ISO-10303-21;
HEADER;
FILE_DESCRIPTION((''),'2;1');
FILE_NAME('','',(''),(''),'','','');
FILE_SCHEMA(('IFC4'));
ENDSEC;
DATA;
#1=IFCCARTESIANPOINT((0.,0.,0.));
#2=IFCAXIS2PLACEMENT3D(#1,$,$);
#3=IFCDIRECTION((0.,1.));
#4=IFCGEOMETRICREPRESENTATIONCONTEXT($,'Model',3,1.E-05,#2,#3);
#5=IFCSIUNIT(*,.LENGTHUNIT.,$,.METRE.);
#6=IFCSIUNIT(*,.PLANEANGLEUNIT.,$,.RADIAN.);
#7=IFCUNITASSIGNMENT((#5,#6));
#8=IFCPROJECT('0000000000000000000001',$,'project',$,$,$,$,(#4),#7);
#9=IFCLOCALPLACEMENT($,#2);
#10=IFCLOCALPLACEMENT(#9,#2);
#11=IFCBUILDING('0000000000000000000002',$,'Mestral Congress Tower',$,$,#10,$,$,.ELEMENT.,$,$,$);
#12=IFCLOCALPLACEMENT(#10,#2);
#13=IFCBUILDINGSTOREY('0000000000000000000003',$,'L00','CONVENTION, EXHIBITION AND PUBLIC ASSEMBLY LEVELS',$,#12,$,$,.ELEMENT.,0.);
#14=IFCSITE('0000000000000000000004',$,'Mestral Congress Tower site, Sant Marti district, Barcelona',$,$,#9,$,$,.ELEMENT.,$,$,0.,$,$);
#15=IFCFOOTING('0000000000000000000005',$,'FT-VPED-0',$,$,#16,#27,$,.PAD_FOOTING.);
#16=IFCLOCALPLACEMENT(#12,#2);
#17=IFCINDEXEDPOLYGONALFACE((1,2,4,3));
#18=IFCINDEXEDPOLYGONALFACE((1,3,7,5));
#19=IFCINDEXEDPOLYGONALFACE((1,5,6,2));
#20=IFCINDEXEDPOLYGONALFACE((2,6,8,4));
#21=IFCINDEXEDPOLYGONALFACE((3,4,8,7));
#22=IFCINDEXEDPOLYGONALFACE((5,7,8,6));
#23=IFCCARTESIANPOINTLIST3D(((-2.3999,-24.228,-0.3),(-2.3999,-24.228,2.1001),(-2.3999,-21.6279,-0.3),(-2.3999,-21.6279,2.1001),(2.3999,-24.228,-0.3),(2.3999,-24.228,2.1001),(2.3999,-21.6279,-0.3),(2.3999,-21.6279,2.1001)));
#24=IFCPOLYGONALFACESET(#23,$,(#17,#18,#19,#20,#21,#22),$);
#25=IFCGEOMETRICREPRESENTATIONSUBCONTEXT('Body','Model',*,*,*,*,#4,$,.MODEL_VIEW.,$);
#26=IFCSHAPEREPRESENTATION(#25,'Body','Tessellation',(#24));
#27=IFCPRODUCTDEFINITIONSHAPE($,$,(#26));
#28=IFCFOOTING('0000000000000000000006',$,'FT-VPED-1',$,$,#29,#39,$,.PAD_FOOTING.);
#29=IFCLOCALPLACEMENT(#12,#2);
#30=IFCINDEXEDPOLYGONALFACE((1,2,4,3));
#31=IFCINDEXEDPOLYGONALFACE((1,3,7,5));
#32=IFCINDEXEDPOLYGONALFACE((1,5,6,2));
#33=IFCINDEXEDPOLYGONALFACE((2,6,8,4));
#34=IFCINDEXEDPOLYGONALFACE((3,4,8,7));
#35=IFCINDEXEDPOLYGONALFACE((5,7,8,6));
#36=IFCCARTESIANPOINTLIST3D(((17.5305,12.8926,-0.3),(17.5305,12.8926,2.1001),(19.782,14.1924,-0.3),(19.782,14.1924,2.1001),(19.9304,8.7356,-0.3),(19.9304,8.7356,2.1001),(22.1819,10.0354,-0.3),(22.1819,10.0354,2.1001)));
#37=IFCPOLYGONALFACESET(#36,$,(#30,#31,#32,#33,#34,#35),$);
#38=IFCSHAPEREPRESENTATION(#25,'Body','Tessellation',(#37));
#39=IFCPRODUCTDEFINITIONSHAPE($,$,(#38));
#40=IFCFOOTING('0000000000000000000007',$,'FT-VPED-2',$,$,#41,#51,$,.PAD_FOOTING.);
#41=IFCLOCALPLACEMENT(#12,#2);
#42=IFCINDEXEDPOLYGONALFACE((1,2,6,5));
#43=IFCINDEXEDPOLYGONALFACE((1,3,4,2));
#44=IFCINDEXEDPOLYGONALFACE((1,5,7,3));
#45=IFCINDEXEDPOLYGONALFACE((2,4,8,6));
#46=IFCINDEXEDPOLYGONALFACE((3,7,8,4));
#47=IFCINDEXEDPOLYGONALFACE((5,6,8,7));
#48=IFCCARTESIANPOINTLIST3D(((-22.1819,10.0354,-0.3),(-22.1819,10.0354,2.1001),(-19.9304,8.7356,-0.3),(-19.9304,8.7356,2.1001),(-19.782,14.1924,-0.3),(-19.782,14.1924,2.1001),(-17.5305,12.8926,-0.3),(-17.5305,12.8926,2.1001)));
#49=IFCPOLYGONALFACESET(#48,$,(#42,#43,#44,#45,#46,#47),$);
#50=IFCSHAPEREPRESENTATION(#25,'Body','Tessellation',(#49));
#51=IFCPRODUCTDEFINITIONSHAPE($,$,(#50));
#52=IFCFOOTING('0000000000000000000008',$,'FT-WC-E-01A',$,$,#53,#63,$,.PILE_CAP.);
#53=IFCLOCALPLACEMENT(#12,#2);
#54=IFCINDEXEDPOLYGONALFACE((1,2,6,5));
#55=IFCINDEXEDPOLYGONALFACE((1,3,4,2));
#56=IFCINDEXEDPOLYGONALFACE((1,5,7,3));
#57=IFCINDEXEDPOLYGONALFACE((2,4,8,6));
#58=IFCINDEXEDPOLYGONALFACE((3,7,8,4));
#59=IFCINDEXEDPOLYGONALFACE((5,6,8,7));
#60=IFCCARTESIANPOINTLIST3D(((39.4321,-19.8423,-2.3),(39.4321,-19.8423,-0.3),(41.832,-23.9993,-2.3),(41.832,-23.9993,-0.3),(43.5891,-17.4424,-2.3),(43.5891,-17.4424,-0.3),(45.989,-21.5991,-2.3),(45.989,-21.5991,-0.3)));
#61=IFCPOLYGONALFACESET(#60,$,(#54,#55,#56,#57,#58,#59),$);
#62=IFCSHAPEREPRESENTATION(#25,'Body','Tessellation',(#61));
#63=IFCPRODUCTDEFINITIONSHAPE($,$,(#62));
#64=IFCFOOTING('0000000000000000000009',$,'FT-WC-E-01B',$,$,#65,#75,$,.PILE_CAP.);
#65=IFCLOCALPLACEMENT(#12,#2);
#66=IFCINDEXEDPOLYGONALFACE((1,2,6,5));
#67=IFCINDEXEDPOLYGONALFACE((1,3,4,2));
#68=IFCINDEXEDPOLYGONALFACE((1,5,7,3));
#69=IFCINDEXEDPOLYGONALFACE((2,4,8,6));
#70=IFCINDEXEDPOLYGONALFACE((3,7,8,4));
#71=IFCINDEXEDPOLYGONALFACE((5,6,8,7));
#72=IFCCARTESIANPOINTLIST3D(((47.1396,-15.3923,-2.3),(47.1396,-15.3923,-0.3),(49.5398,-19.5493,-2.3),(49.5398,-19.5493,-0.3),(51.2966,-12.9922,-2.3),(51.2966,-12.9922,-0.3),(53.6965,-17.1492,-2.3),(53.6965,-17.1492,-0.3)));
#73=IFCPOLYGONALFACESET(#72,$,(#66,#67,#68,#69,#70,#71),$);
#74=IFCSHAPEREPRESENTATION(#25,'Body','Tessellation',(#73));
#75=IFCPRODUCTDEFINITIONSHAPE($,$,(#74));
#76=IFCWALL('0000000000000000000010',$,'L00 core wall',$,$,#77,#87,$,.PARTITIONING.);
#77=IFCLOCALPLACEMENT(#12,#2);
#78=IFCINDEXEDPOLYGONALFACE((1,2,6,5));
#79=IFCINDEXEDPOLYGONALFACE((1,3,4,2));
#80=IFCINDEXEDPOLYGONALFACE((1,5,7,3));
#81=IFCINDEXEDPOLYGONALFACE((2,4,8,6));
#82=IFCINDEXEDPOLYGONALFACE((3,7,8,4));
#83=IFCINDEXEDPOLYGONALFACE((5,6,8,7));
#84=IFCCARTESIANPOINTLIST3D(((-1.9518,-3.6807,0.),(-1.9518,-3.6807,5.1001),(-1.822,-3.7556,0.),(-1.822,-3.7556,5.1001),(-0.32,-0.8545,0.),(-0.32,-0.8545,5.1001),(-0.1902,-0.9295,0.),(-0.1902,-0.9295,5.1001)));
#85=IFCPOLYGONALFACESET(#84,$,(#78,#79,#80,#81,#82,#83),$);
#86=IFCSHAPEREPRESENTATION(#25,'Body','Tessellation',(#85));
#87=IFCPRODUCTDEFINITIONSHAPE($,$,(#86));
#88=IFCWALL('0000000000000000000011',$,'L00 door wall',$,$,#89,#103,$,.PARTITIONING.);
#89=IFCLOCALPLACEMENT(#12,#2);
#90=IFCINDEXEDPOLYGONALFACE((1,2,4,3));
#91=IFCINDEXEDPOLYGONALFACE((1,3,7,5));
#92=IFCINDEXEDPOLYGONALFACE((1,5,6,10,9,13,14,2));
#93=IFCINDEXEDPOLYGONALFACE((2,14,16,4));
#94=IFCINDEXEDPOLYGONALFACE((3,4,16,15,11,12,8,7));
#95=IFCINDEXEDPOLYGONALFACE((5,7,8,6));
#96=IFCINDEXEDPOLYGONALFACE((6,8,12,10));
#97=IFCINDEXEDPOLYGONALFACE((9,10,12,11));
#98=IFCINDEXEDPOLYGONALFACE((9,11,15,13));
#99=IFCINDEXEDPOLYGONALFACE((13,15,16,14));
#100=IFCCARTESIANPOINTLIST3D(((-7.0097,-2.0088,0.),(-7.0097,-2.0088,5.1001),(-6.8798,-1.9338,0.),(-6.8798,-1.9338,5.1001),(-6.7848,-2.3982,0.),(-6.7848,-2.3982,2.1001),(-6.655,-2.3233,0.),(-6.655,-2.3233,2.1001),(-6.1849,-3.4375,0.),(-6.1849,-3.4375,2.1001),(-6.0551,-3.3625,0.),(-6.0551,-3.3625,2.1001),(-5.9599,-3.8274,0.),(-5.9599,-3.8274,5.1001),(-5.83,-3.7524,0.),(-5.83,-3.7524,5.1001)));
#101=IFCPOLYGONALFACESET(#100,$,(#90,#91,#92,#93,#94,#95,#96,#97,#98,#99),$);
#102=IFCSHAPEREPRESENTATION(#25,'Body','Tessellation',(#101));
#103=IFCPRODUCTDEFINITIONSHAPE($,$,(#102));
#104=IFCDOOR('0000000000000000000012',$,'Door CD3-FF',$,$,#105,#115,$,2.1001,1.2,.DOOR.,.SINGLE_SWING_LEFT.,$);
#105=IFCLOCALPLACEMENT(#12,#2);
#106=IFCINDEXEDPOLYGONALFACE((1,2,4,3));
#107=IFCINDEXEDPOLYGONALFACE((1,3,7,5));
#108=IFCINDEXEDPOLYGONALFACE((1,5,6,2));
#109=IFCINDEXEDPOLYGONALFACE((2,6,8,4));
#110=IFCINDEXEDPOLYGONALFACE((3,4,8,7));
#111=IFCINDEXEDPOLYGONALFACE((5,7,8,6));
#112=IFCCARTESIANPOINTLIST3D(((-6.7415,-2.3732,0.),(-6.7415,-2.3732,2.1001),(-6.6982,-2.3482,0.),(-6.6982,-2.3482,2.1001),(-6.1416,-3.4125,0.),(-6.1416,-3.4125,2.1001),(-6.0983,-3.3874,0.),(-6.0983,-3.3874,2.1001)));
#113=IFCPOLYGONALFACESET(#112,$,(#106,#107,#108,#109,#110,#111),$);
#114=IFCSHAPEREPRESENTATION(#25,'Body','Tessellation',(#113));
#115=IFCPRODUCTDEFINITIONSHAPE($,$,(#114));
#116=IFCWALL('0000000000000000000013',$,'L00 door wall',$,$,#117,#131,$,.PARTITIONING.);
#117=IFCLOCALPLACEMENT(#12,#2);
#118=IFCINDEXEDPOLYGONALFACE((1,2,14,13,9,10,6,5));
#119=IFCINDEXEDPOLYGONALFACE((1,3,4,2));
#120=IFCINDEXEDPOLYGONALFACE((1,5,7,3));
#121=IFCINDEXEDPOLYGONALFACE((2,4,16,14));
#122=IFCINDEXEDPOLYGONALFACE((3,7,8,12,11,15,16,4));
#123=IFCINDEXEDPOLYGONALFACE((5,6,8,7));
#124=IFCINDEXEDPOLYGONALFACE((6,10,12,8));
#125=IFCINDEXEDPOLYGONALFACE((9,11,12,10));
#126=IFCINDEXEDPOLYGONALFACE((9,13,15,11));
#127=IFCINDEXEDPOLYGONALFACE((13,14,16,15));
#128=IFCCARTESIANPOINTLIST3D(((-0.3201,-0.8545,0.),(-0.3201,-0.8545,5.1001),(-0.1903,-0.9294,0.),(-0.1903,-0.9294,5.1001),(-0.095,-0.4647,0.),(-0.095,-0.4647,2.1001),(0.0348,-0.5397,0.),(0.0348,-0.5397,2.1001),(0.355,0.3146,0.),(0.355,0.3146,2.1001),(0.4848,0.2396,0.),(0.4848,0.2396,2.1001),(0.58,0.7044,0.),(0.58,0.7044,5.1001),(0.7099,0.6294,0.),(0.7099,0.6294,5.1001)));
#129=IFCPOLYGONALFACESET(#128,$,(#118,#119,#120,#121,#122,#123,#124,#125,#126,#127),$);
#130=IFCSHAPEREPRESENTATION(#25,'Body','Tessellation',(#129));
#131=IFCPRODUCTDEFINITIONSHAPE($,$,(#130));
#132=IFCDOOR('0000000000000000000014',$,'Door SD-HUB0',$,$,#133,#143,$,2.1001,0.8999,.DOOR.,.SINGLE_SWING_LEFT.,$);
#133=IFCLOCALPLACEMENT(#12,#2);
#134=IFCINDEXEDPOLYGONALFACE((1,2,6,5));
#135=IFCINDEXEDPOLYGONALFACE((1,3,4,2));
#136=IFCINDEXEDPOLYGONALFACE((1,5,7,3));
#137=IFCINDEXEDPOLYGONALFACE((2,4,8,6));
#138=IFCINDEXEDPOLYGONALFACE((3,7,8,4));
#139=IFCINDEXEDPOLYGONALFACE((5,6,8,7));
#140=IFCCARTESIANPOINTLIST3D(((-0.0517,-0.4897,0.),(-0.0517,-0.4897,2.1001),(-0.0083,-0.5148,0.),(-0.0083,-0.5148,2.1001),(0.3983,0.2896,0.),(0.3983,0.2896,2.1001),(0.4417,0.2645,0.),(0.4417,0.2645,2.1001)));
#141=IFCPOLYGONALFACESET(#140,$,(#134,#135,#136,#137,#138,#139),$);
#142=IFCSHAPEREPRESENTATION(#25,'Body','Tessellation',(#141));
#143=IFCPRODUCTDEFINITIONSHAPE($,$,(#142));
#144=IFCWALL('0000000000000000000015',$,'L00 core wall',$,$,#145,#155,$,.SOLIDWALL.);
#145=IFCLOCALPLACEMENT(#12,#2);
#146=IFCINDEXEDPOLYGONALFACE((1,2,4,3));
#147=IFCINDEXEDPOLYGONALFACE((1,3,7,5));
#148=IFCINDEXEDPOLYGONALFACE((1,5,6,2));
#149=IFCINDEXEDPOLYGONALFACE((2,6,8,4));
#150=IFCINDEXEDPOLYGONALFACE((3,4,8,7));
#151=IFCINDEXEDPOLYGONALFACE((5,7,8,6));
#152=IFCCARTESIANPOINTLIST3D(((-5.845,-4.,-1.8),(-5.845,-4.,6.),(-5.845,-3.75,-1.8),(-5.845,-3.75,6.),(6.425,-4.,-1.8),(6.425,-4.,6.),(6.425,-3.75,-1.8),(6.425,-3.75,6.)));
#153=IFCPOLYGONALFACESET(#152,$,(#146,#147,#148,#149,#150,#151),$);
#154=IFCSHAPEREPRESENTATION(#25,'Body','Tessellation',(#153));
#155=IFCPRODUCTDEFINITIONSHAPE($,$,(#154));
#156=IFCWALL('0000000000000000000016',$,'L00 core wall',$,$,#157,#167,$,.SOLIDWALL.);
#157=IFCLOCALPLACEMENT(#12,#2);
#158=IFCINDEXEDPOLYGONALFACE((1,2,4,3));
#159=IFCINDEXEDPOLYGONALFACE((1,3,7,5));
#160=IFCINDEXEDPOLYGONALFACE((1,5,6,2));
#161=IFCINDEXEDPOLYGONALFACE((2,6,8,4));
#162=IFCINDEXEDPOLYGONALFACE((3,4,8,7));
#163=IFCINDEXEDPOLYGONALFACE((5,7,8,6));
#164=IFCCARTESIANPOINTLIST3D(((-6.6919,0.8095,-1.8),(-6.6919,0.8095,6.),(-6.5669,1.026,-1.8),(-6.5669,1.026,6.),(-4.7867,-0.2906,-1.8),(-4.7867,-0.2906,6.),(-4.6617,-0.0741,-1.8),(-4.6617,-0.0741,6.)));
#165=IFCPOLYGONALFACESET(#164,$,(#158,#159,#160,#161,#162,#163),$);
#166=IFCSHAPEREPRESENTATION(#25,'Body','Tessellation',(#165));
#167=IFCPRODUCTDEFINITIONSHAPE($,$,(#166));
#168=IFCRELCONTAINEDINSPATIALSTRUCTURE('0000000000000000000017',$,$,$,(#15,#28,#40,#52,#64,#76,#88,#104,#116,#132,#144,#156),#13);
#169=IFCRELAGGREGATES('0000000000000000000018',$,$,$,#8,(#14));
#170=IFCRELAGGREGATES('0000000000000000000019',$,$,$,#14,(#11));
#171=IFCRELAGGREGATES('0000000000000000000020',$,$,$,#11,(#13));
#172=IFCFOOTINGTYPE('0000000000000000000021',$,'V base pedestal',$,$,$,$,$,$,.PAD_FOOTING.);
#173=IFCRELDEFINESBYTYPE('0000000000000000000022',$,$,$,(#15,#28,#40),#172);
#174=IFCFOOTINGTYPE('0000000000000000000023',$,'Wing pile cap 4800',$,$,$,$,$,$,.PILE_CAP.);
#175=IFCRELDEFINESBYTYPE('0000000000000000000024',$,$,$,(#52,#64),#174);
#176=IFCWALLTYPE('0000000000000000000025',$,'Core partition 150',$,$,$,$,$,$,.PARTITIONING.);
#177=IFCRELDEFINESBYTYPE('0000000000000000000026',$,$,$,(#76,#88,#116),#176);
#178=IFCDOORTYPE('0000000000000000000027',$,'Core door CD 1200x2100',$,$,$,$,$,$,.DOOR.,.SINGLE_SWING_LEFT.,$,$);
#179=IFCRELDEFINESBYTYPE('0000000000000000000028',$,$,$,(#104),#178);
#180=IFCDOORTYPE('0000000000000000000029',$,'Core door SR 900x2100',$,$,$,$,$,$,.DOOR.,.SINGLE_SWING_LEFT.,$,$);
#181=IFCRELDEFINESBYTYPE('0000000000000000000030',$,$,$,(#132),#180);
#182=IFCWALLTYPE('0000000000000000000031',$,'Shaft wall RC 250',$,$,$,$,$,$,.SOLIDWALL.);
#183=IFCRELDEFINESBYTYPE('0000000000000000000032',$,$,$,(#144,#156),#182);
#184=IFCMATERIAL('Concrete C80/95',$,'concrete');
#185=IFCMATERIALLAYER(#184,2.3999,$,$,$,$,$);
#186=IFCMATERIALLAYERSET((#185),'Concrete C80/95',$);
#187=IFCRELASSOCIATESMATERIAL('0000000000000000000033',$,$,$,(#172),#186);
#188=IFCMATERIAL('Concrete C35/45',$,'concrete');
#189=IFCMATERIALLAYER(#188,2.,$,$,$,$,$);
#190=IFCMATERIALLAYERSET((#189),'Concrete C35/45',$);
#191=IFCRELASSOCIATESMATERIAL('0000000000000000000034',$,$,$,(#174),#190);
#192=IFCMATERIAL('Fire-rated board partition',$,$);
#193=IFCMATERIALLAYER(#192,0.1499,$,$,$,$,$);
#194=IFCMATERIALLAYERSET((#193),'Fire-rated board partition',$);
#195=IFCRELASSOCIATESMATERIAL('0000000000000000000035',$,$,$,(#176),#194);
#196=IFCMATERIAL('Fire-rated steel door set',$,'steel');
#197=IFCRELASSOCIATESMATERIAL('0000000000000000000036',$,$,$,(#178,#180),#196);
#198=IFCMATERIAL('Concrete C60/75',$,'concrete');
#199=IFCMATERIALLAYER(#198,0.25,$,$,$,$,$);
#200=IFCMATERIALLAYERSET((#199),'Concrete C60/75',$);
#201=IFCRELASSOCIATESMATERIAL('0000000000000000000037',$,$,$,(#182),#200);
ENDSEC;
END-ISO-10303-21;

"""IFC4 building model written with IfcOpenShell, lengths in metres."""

from ifc_helpers import new_model, si_unit, direction, frame, frame_2d, origin, place, context, subcontext, project, spatial, polyline, rectangle, outline, extrude, material, layer, layer_set, type_object, element, fill, save


model = new_model("IFC4")

# Units and contexts
model_context = context("Model", 3, precision=1e-05, world=origin(), true_north=direction((0.0, 1.0)))
body_context = subcontext(model_context, "Body", "Model", "MODEL_VIEW")
ifc_project = project(units=[si_unit("LENGTHUNIT", "METRE"), si_unit("PLANEANGLEUNIT", "RADIAN")], contexts=[model_context])

# Site, building, storey
site_placement = place(None, origin())
site = spatial("IfcSite", under=ifc_project, at=site_placement, Name="Mestral Congress Tower site, Sant Marti district, Barcelona", CompositionType="ELEMENT", RefElevation=0.0)
building_placement = place(site_placement, origin())
building = spatial("IfcBuilding", under=site, at=building_placement, Name="Mestral Congress Tower", CompositionType="ELEMENT")
storey_placement = place(building_placement, origin())
storey = spatial("IfcBuildingStorey", under=building, at=storey_placement, Name="L00", Description="CONVENTION, EXHIBITION AND PUBLIC ASSEMBLY LEVELS", CompositionType="ELEMENT", Elevation=0.0)

# Shared definitions
ifc_material_1 = material(Name="Concrete C35/45", Category="concrete")

# Footings
ifc_material_2 = material(Name="Concrete C80/95", Category="concrete")
ifc_layer_1 = layer(ifc_material_2, 2.3999)
ifc_layer_set_1 = layer_set([ifc_layer_1], Name="Concrete C80/95")
footing_type_1 = type_object("IfcFootingType", Name="V base pedestal", PredefinedType="PAD_FOOTING", material=ifc_layer_set_1)
placement_1 = place(storey_placement, frame((0.0, 0.0, -0.3)))
element("IfcFooting", 1, at=placement_1, inside=storey, type_object=footing_type_1, Name="FT-VPED-0", PredefinedType="PAD_FOOTING", context=body_context, shape_type="SweptSolid", body=[
    extrude(outline(polyline([(-2.3999, -24.228), (2.3999, -24.228), (2.3999, -21.6279), (-2.3999, -21.6279), (-2.3999, -24.228)])), origin(), (0.0, 0.0, 1.0), 2.4001),
])
element("IfcFooting", 2, at=placement_1, inside=storey, type_object=footing_type_1, Name="FT-VPED-1", PredefinedType="PAD_FOOTING", context=body_context, shape_type="SweptSolid", body=[
    extrude(outline(polyline([(22.1819, 10.0354), (19.782, 14.1924), (17.5305, 12.8926), (19.9304, 8.7356), (22.1819, 10.0354)])), origin(), (0.0, 0.0, 1.0), 2.4001),
])
element("IfcFooting", 3, at=placement_1, inside=storey, type_object=footing_type_1, Name="FT-VPED-2", PredefinedType="PAD_FOOTING", context=body_context, shape_type="SweptSolid", body=[
    extrude(outline(polyline([(-19.782, 14.1924), (-22.1819, 10.0354), (-19.9304, 8.7356), (-17.5305, 12.8926), (-19.782, 14.1924)])), origin(), (0.0, 0.0, 1.0), 2.4001),
])
ifc_layer_2 = layer(ifc_material_1, 2.0)
ifc_layer_set_2 = layer_set([ifc_layer_2], Name="Concrete C35/45")
footing_type_2 = type_object("IfcFootingType", Name="Wing pile cap 4800", PredefinedType="PILE_CAP", material=ifc_layer_set_2)
placement_2 = place(storey_placement, frame((0.0, 0.0, -2.3)))
element("IfcFooting", 4, at=placement_2, inside=storey, type_object=footing_type_2, Name="FT-WC-E-01A", PredefinedType="PILE_CAP", context=body_context, shape_type="SweptSolid", body=[
    extrude(outline(polyline([(41.832, -23.9993), (45.989, -21.5991), (43.5891, -17.4424), (39.4321, -19.8423), (41.832, -23.9993)])), origin(), (0.0, 0.0, 1.0), 2.0),
])
element("IfcFooting", 5, at=placement_2, inside=storey, type_object=footing_type_2, Name="FT-WC-E-01B", PredefinedType="PILE_CAP", context=body_context, shape_type="SweptSolid", body=[
    extrude(outline(polyline([(49.5398, -19.5493), (53.6965, -17.1492), (51.2966, -12.9922), (47.1396, -15.3923), (49.5398, -19.5493)])), origin(), (0.0, 0.0, 1.0), 2.0),
])

# Wall
ifc_material_3 = material(Name="Fire-rated board partition")
ifc_layer_3 = layer(ifc_material_3, 0.1499)
ifc_layer_set_3 = layer_set([ifc_layer_3], Name="Fire-rated board partition")
wall_type_1 = type_object("IfcWallType", Name="Core partition 150", PredefinedType="PARTITIONING", material=ifc_layer_set_3)
wall_1_placement = place(storey_placement, frame((-1.887, -3.7183, 0.0), z_axis=(0.0, 0.0, 1.0), x_axis=(0.500033, 0.866006, 0.0)))
element("IfcWall", 6, at=wall_1_placement, inside=storey, type_object=wall_type_1, Name="L00 core wall", PredefinedType="PARTITIONING", context=body_context, shape_type="SweptSolid", body=[
    extrude(rectangle(XDim=3.2634, YDim=0.1499, at=frame_2d((1.6318, 0.0))), origin(), (0.0, 0.0, 1.0), 5.1001),
])

# Walls, openings, doors
wall_2_placement = place(storey_placement, frame((-5.895, -3.7898, 0.0), z_axis=(0.0, 0.0, 1.0), x_axis=(-0.499941, 0.86606, 0.0)))
wall_2 = element("IfcWall", 7, at=wall_2_placement, inside=storey, type_object=wall_type_1, Name="L00 door wall", PredefinedType="PARTITIONING", context=body_context, shape_type="SweptSolid", body=[
    extrude(rectangle(XDim=2.0999, YDim=0.1499, at=frame_2d((1.0498, 0.0))), origin(), (0.0, 0.0, 1.0), 5.1001),
])
opening_1_placement = place(wall_2_placement, frame((0.45, 0.0, 0.0)))
opening_1 = element("IfcOpeningElement", 8, at=opening_1_placement, cuts=wall_2, PredefinedType="OPENING", context=body_context, shape_type="SweptSolid", body=[
    extrude(rectangle(XDim=1.2, YDim=2.1001, at=frame_2d((0.6001, 1.05))), frame((0.0, 0.085, 0.0), z_axis=(0.0, -1.0, 0.0), x_axis=(1.0, 0.0, 0.0)), (0.0, 0.0, 1.0), 0.1699),
])
ifc_material_4 = material(Name="Fire-rated steel door set", Category="steel")
door_type_1 = type_object("IfcDoorType", Name="Core door CD 1200x2100", OperationType="SINGLE_SWING_LEFT", PredefinedType="DOOR", material=ifc_material_4)
door_1_placement = place(opening_1_placement, origin())
door_1 = element("IfcDoor", 9, at=door_1_placement, inside=storey, type_object=door_type_1, Name="Door CD3-FF", OperationType="SINGLE_SWING_LEFT", OverallHeight=2.1001, OverallWidth=1.2, PredefinedType="DOOR", context=body_context, shape_type="SweptSolid", body=[
    extrude(rectangle(XDim=1.2, YDim=2.1001, at=frame_2d((0.6001, 1.05))), frame((0.0, 0.0249, 0.0), z_axis=(0.0, -1.0, 0.0), x_axis=(1.0, 0.0, 0.0)), (0.0, 0.0, 1.0), 0.05),
])
fill(opening_1, door_1)
wall_3_placement = place(storey_placement, frame((-0.2551, -0.8918, 0.0), z_axis=(0.0, 0.0, 1.0), x_axis=(0.500063, 0.865989, 0.0)))
wall_3 = element("IfcWall", 10, at=wall_3_placement, inside=storey, type_object=wall_type_1, Name="L00 door wall", PredefinedType="PARTITIONING", context=body_context, shape_type="SweptSolid", body=[
    extrude(rectangle(XDim=1.8, YDim=0.1499, at=frame_2d((0.8999, 0.0))), origin(), (0.0, 0.0, 1.0), 5.1001),
])
opening_2_placement = place(wall_3_placement, frame((0.45, 0.0, 0.0)))
opening_2 = element("IfcOpeningElement", 11, at=opening_2_placement, cuts=wall_3, PredefinedType="OPENING", context=body_context, shape_type="SweptSolid", body=[
    extrude(rectangle(XDim=0.8999, YDim=2.1001, at=frame_2d((0.45, 1.05))), frame((0.0, 0.085, 0.0), z_axis=(0.0, -1.0, 0.0), x_axis=(1.0, 0.0, 0.0)), (0.0, 0.0, 1.0), 0.1699),
])
door_type_2 = type_object("IfcDoorType", Name="Core door SR 900x2100", OperationType="SINGLE_SWING_LEFT", PredefinedType="DOOR", material=ifc_material_4)
door_2_placement = place(opening_2_placement, origin())
door_2 = element("IfcDoor", 12, at=door_2_placement, inside=storey, type_object=door_type_2, Name="Door SD-HUB0", OperationType="SINGLE_SWING_LEFT", OverallHeight=2.1001, OverallWidth=0.8999, PredefinedType="DOOR", context=body_context, shape_type="SweptSolid", body=[
    extrude(rectangle(XDim=0.8999, YDim=2.1001, at=frame_2d((0.45, 1.05))), frame((0.0, 0.0249, 0.0), z_axis=(0.0, -1.0, 0.0), x_axis=(1.0, 0.0, 0.0)), (0.0, 0.0, 1.0), 0.05),
])
fill(opening_2, door_2)

# Walls
ifc_material_5 = material(Name="Concrete C60/75", Category="concrete")
ifc_layer_4 = layer(ifc_material_5, 0.25)
ifc_layer_set_4 = layer_set([ifc_layer_4], Name="Concrete C60/75")
wall_type_2 = type_object("IfcWallType", Name="Shaft wall RC 250", PredefinedType="SOLIDWALL", material=ifc_layer_set_4)
wall_4_placement = place(storey_placement, frame((-5.845, -3.875, -1.8), z_axis=(0.0, 0.0, 1.0), x_axis=(1.0, 0.0, 0.0)))
element("IfcWall", 13, at=wall_4_placement, inside=storey, type_object=wall_type_2, Name="L00 core wall", PredefinedType="SOLIDWALL", context=body_context, shape_type="SweptSolid", body=[
    extrude(rectangle(XDim=12.27, YDim=0.25, at=frame_2d((6.135, 0.0))), origin(), (0.0, 0.0, 1.0), 7.8),
])
wall_5_placement = place(storey_placement, frame((-4.7241, -0.1824, -1.8), z_axis=(0.0, 0.0, 1.0), x_axis=(-0.866008, 0.50003, 0.0)))
element("IfcWall", 14, at=wall_5_placement, inside=storey, type_object=wall_type_2, Name="L00 core wall", PredefinedType="SOLIDWALL", context=body_context, shape_type="SweptSolid", body=[
    extrude(rectangle(XDim=2.2, YDim=0.25, at=frame_2d((1.1001, 0.0))), origin(), (0.0, 0.0, 1.0), 7.8),
])

save(model, "model.ifc")
